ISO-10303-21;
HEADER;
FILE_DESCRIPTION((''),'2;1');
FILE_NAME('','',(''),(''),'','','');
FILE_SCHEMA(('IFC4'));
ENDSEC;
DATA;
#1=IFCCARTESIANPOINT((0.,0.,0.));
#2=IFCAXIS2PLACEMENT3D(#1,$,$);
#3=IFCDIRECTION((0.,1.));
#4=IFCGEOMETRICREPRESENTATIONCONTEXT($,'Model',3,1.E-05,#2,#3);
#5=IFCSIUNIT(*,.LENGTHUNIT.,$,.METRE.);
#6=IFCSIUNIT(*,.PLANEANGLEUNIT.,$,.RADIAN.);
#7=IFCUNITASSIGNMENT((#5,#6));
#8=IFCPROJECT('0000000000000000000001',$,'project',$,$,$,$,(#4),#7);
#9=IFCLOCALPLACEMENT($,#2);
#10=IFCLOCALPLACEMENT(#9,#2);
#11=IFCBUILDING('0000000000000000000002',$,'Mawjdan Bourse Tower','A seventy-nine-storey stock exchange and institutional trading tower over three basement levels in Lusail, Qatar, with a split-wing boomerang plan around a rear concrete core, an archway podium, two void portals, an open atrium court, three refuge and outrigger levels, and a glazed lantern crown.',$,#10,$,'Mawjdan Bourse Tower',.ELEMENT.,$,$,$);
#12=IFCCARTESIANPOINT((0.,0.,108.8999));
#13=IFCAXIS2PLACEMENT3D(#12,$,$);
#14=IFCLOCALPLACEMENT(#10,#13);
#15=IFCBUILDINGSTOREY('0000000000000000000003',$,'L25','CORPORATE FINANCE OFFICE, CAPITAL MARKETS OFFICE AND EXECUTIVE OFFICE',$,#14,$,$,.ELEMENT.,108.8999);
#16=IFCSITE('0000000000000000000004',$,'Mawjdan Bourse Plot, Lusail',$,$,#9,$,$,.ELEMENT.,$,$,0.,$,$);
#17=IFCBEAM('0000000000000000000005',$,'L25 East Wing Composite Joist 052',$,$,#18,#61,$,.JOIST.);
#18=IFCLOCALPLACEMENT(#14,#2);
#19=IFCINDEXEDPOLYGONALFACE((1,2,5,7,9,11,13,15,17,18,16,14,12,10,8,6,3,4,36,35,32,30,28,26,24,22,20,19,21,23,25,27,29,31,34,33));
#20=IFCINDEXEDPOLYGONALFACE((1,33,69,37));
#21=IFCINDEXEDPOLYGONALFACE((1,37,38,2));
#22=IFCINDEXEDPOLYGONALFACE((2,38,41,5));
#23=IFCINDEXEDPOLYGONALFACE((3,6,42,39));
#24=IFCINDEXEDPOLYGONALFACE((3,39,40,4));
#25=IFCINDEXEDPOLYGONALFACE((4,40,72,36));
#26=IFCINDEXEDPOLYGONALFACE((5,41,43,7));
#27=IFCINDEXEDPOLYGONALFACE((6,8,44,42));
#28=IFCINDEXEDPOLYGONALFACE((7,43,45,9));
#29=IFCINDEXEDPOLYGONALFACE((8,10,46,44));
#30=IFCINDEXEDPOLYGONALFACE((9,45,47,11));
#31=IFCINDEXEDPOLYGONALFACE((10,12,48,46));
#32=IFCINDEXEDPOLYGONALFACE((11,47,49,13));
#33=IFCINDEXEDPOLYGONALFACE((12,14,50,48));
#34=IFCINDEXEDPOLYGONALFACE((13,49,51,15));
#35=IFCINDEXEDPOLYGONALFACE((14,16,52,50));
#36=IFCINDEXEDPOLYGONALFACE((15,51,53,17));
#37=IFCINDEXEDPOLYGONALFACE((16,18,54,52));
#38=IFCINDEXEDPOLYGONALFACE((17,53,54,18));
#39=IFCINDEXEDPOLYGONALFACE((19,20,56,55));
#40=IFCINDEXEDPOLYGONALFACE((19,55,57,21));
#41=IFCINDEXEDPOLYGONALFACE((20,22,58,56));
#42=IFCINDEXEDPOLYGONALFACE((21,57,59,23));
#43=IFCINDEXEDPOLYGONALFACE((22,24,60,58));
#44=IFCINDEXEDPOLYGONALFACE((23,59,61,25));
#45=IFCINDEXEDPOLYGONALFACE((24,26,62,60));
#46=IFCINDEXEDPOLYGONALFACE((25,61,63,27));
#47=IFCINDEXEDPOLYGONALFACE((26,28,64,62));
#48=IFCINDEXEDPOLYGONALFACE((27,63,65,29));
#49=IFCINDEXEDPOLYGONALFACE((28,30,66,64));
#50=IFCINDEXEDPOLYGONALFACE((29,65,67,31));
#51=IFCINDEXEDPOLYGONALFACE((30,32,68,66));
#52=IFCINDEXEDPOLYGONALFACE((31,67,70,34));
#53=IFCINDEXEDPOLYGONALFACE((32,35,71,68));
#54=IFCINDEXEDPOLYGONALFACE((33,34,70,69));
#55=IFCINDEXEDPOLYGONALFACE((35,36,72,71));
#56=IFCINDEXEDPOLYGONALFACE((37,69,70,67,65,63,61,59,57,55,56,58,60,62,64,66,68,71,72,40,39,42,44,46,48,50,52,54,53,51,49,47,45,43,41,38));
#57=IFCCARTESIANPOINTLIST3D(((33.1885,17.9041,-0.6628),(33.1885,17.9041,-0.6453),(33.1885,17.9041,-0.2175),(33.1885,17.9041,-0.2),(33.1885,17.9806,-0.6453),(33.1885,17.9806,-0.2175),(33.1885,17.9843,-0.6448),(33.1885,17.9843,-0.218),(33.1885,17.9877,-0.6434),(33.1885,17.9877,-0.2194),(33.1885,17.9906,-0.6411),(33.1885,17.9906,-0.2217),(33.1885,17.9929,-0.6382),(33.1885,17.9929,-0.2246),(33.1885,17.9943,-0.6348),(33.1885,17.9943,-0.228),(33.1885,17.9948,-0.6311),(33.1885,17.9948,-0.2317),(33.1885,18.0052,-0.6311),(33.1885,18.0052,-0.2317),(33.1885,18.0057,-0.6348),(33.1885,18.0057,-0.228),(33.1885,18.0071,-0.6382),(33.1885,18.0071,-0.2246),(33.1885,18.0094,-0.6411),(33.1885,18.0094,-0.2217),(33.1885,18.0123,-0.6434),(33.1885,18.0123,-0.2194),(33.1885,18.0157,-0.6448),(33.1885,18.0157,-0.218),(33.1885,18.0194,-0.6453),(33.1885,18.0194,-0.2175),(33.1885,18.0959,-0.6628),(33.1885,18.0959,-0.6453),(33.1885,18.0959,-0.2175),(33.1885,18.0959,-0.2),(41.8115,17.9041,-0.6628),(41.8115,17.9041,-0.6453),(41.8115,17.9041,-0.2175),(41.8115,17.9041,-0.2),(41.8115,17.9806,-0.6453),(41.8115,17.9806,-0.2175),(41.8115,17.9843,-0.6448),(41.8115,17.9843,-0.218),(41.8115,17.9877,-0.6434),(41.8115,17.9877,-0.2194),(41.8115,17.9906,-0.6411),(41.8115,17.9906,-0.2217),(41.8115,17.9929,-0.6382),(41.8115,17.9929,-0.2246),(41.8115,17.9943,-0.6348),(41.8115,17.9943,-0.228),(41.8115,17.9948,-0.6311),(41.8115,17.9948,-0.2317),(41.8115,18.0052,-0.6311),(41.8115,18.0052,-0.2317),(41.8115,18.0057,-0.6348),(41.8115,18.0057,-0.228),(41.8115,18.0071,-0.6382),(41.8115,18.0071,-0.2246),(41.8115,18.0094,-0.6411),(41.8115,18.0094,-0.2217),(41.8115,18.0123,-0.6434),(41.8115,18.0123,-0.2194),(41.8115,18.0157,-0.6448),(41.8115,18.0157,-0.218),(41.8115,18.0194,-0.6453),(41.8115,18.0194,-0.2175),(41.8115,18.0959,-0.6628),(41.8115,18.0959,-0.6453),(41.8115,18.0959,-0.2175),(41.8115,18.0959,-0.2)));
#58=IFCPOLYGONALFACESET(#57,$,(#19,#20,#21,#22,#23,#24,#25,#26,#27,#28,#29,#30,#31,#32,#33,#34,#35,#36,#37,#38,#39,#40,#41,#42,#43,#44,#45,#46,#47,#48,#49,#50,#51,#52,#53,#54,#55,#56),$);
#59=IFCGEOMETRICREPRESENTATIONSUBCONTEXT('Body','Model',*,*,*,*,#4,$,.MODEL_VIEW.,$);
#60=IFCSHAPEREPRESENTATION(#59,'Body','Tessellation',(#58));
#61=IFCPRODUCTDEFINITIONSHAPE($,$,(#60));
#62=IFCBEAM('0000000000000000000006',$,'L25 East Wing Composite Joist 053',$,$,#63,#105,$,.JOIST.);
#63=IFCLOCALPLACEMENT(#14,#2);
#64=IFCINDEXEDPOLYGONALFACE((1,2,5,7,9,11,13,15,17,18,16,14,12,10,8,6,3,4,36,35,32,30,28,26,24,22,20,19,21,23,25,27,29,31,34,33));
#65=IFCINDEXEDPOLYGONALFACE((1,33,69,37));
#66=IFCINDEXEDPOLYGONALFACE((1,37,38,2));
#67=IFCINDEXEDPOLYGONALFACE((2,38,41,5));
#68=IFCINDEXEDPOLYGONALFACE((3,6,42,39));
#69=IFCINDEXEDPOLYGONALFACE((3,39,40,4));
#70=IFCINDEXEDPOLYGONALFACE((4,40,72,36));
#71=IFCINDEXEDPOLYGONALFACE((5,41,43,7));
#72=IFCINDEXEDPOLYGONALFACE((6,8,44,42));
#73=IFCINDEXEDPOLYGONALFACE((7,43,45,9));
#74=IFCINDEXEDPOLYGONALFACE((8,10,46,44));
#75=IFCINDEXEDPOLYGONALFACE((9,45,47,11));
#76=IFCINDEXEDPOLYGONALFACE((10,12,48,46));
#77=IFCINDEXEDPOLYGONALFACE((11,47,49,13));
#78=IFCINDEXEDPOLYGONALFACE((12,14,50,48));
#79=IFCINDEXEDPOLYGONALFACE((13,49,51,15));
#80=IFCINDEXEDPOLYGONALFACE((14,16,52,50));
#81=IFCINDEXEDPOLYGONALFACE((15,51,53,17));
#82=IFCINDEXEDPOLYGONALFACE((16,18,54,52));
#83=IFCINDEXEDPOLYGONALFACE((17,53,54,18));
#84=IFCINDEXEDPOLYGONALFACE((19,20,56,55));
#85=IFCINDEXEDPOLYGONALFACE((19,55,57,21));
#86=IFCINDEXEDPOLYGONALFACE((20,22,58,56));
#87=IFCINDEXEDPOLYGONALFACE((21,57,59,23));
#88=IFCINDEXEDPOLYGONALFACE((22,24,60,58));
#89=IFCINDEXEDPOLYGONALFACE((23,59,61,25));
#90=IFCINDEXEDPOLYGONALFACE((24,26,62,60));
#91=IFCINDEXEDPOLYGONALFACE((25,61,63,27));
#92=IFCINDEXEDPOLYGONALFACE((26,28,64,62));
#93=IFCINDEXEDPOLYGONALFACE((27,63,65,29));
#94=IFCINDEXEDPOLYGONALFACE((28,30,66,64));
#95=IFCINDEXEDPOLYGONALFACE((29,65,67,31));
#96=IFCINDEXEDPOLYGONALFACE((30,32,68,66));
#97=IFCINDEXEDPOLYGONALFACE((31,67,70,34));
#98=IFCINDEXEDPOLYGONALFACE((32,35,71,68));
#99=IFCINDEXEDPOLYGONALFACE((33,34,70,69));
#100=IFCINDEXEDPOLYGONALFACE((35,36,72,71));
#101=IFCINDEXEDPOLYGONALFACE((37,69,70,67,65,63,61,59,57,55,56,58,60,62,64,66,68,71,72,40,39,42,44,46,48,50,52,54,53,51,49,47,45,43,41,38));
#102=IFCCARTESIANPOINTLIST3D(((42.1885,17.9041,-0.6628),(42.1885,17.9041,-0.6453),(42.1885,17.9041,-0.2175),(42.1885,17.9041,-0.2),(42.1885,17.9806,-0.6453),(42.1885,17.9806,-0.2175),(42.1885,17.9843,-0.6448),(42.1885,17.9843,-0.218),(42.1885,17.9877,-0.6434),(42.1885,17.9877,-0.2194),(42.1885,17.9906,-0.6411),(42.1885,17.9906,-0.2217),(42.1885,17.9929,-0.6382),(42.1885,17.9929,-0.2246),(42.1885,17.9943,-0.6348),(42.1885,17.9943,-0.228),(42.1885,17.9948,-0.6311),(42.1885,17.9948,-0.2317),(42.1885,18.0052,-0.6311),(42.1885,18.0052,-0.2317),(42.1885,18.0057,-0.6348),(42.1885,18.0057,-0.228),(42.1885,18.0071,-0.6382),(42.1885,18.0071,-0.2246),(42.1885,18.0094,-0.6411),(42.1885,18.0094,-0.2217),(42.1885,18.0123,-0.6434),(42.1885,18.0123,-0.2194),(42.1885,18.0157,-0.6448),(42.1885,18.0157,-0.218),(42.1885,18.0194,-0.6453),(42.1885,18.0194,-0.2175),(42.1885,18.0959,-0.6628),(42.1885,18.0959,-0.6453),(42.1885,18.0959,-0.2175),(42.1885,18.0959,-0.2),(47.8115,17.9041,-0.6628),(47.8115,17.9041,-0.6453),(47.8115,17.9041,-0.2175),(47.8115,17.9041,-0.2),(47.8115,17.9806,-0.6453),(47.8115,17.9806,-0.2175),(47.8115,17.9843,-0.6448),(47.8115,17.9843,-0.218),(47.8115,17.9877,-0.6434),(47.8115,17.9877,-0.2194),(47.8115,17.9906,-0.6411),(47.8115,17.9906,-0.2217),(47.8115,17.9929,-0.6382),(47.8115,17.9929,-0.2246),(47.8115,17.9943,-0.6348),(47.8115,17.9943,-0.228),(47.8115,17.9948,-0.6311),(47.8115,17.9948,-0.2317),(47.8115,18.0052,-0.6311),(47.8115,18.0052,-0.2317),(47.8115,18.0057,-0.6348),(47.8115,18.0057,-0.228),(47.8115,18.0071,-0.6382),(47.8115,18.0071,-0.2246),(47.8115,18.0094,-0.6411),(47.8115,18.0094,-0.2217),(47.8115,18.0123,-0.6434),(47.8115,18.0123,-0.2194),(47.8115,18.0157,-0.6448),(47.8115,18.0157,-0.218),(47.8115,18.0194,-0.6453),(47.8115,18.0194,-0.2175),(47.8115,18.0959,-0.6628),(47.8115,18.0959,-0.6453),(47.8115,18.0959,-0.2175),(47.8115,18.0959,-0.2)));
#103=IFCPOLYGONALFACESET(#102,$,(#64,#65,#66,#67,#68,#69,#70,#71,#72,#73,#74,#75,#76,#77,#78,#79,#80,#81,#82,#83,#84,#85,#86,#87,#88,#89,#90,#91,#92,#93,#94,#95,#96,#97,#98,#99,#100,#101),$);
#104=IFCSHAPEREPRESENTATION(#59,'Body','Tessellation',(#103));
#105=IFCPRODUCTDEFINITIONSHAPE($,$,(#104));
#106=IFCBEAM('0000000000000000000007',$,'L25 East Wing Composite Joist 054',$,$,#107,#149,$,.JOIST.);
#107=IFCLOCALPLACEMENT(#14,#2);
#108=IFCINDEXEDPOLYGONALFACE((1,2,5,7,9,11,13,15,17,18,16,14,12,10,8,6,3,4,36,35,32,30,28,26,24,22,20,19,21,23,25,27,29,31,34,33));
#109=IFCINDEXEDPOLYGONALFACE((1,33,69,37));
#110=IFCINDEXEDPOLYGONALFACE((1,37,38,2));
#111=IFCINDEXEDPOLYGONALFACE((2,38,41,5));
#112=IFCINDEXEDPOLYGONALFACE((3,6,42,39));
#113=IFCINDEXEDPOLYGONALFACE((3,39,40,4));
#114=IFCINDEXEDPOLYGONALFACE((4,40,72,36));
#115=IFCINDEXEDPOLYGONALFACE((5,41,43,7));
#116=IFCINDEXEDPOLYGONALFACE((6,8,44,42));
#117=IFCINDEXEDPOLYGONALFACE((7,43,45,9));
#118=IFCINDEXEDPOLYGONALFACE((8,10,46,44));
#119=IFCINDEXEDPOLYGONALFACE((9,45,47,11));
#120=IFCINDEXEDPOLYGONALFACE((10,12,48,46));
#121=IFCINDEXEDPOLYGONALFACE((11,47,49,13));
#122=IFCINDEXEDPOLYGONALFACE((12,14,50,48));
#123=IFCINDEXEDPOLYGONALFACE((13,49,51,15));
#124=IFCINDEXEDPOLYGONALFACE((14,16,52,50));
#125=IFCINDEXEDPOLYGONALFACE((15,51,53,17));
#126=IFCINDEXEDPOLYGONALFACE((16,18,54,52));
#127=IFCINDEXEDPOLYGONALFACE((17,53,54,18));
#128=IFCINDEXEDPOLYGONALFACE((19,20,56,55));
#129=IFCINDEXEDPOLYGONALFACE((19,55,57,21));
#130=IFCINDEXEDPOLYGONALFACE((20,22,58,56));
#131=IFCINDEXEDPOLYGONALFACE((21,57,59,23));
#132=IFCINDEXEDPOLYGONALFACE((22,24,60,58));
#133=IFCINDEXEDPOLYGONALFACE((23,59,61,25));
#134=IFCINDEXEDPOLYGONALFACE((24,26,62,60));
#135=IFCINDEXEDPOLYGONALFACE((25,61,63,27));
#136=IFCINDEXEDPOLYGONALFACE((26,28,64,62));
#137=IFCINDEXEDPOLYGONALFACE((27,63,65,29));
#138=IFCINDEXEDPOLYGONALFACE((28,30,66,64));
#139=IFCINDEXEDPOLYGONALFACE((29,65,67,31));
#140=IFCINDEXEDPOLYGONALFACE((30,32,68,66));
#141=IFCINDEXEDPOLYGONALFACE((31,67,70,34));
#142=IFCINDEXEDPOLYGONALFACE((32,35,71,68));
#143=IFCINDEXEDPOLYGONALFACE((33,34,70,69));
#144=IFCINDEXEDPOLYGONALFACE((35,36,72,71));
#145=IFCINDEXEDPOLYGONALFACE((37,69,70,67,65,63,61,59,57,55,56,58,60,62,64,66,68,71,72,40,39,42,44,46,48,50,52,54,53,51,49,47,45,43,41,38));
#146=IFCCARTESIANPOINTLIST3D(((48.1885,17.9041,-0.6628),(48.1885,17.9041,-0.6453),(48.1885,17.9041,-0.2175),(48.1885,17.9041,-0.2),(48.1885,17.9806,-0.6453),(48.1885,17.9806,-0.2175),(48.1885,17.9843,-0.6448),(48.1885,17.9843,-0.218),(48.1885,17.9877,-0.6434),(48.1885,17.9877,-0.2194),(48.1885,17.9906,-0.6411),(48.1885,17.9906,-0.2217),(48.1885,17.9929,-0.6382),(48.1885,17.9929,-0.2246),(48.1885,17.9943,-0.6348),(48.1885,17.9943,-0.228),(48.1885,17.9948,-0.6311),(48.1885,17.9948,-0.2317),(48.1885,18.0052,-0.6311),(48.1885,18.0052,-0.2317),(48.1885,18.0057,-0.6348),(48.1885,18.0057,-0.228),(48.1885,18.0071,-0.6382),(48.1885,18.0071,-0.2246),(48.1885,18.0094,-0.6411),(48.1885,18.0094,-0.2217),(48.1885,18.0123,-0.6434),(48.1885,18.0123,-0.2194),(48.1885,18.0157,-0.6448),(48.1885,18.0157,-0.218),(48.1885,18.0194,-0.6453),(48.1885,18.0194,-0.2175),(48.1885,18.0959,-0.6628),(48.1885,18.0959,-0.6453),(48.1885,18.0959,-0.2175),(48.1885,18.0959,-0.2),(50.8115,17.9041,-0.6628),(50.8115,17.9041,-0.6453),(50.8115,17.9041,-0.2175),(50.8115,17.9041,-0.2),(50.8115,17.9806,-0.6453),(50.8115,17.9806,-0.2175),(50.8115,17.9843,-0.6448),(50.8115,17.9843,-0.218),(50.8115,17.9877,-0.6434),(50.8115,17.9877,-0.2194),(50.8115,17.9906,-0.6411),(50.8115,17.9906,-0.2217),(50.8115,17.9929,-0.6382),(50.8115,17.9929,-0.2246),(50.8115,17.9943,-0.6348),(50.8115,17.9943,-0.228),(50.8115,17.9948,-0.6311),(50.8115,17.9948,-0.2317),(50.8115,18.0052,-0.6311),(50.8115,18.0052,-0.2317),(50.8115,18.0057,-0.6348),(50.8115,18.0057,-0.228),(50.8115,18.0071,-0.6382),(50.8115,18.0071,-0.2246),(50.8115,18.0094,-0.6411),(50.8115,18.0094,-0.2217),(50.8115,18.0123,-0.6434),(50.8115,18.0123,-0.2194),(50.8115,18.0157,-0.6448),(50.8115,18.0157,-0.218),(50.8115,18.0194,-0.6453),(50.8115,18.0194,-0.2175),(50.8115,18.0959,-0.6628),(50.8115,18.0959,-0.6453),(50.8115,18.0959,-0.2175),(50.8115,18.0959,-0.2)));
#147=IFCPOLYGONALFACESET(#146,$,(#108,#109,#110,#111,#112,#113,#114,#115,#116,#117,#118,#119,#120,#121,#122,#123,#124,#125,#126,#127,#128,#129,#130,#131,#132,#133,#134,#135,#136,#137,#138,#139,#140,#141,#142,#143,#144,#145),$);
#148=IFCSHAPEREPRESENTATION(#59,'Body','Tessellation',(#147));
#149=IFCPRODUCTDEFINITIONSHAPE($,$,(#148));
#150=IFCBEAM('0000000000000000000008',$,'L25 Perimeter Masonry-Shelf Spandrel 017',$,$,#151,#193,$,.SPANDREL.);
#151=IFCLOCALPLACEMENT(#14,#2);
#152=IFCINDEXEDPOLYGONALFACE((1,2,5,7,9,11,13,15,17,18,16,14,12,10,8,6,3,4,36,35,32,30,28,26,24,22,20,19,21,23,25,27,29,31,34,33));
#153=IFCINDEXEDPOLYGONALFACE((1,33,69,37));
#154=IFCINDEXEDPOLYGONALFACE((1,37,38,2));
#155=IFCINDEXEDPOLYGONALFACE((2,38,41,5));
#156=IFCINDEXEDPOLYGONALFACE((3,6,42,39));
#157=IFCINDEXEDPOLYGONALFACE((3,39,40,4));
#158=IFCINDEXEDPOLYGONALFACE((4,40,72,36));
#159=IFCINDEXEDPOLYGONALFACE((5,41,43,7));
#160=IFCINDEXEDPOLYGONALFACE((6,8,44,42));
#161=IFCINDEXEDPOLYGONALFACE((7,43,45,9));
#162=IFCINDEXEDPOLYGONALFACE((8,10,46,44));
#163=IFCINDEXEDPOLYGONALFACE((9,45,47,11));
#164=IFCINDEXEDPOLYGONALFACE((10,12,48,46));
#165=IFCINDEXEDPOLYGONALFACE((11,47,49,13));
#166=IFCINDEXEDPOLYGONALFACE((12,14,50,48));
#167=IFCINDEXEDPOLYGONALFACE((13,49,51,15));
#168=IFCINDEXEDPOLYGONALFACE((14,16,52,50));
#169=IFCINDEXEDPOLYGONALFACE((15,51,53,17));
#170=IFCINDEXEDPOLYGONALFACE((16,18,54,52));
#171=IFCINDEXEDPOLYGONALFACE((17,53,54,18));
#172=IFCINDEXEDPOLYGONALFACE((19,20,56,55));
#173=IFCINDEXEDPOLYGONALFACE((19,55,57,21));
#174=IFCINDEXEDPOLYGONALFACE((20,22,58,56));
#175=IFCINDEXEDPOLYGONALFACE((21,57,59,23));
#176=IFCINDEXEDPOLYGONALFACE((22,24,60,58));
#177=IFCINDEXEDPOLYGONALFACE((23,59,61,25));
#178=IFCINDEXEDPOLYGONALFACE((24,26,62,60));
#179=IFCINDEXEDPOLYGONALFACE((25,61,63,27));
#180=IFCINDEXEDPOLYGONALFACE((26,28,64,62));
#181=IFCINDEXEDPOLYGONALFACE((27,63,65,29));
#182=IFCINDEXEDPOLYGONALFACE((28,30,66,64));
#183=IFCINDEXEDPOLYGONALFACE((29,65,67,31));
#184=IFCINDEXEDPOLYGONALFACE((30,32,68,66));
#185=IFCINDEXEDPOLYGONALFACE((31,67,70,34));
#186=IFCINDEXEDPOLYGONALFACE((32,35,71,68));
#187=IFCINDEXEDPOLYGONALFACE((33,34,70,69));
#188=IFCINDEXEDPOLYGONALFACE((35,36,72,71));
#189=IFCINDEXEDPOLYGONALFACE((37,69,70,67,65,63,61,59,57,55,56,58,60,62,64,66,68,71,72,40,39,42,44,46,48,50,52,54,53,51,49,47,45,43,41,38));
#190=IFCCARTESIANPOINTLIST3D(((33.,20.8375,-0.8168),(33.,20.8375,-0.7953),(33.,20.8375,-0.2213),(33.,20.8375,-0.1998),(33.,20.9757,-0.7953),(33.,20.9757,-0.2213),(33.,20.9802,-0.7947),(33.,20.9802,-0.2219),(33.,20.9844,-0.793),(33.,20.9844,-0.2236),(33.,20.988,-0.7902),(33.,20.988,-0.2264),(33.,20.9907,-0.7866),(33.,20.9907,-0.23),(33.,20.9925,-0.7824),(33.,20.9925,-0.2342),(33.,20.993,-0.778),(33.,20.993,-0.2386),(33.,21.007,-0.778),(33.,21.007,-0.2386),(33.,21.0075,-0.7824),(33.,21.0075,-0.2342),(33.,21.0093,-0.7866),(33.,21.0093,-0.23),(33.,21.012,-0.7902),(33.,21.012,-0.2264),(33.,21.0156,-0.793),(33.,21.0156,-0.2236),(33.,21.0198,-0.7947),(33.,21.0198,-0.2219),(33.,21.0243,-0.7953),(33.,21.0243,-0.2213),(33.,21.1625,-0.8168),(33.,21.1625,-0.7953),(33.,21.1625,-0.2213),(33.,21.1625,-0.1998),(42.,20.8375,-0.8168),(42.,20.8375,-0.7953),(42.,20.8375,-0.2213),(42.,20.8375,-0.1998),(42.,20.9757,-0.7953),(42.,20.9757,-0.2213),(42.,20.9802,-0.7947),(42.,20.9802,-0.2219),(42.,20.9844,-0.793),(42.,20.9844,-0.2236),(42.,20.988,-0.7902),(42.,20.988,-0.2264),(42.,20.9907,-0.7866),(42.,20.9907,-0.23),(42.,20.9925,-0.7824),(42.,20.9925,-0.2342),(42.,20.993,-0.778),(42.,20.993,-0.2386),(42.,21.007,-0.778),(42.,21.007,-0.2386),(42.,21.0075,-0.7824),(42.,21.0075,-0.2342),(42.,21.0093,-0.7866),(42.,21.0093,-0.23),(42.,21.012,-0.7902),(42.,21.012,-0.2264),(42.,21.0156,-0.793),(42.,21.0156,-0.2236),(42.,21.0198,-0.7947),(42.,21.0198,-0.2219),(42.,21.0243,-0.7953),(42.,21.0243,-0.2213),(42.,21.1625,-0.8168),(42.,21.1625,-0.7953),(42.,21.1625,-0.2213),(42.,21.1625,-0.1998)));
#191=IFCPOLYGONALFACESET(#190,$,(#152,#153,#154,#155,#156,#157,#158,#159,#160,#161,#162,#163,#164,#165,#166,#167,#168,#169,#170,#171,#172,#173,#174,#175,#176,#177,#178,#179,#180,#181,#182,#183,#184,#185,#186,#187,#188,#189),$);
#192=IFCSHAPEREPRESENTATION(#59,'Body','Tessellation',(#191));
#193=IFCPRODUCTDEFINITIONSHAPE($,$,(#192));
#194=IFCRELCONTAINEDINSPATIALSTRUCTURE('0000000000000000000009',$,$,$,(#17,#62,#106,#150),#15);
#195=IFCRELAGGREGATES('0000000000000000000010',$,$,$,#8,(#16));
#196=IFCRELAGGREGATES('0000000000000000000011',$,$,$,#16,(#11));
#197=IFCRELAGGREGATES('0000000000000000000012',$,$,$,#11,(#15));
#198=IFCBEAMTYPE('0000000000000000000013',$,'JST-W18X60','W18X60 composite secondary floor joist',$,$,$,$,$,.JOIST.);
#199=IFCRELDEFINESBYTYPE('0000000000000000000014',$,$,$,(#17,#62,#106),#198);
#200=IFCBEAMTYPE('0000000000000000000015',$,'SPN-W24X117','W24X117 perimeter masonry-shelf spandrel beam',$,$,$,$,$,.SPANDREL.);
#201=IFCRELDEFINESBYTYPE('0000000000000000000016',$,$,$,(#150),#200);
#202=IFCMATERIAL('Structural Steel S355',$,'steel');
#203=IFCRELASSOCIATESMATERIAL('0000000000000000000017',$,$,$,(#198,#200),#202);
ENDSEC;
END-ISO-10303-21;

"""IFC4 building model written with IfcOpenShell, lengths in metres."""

from ifc_helpers import new_model, si_unit, direction, frame, origin, origin_2d, place, context, subcontext, project, spatial, i_section, extrude, material, material_profile, profile_set, type_object, element, save


model = new_model("IFC4")

# Units and contexts
model_context = context("Model", 3, precision=1e-05, world=origin(), true_north=direction((0.0, 1.0)))
body_context = subcontext(model_context, "Body", "Model", "MODEL_VIEW")
ifc_project = project(units=[si_unit("LENGTHUNIT", "METRE"), si_unit("PLANEANGLEUNIT", "RADIAN")], contexts=[model_context])

# Site, building, storey
site_placement = place(None, origin())
site = spatial("IfcSite", under=ifc_project, at=site_placement, Name="Mawjdan Bourse Plot, Lusail", CompositionType="ELEMENT", RefElevation=0.0)
building_placement = place(site_placement, origin())
building = spatial("IfcBuilding", under=site, at=building_placement, Name="Mawjdan Bourse Tower", Description="A seventy-nine-storey stock exchange and institutional trading tower over three basement levels in Lusail, Qatar, with a split-wing boomerang plan around a rear concrete core, an archway podium, two void portals, an open atrium court, three refuge and outrigger levels, and a glazed lantern crown.", LongName="Mawjdan Bourse Tower", CompositionType="ELEMENT")
storey_placement = place(building_placement, frame((0.0, 0.0, 108.8999)))
storey = spatial("IfcBuildingStorey", under=building, at=storey_placement, Name="L25", Description="CORPORATE FINANCE OFFICE, CAPITAL MARKETS OFFICE AND EXECUTIVE OFFICE", CompositionType="ELEMENT", Elevation=108.8999)

# Beams
ifc_material_1 = material(Name="Structural Steel S355", Category="steel")
ifc_material_profile_1 = material_profile(ifc_material_1, i_section(OverallWidth=0.1919, OverallDepth=0.4629, WebThickness=0.0105, FlangeThickness=0.0176, FilletRadius=0.0142, at=origin_2d()), Name="W18X60")
ifc_profile_set_1 = profile_set([ifc_material_profile_1], Name="Structural Steel S355")
beam_type_1 = type_object("IfcBeamType", Name="JST-W18X60", Description="W18X60 composite secondary floor joist", PredefinedType="JOIST", material=ifc_profile_set_1)
beam_1_placement = place(storey_placement, frame((33.1885, 18.0, -0.4314), z_axis=(1.0, 0.0, 0.0), x_axis=(0.0, 1.0, 0.0)))
element("IfcBeam", 1, at=beam_1_placement, inside=storey, type_object=beam_type_1, Name="L25 East Wing Composite Joist 052", PredefinedType="JOIST", context=body_context, shape_type="SweptSolid", body=[
    extrude(i_section(OverallWidth=0.1919, OverallDepth=0.4629, WebThickness=0.0105, FlangeThickness=0.0176, FilletRadius=0.0142, at=origin_2d()), origin(), (0.0, 0.0, 1.0), 8.623),
])
beam_2_placement = place(storey_placement, frame((42.1885, 18.0, -0.4314), z_axis=(1.0, 0.0, 0.0), x_axis=(0.0, 1.0, 0.0)))
element("IfcBeam", 2, at=beam_2_placement, inside=storey, type_object=beam_type_1, Name="L25 East Wing Composite Joist 053", PredefinedType="JOIST", context=body_context, shape_type="SweptSolid", body=[
    extrude(i_section(OverallWidth=0.1919, OverallDepth=0.4629, WebThickness=0.0105, FlangeThickness=0.0176, FilletRadius=0.0142, at=origin_2d()), origin(), (0.0, 0.0, 1.0), 5.623),
])
beam_3_placement = place(storey_placement, frame((48.1885, 18.0, -0.4314), z_axis=(1.0, 0.0, 0.0), x_axis=(0.0, 1.0, 0.0)))
element("IfcBeam", 3, at=beam_3_placement, inside=storey, type_object=beam_type_1, Name="L25 East Wing Composite Joist 054", PredefinedType="JOIST", context=body_context, shape_type="SweptSolid", body=[
    extrude(i_section(OverallWidth=0.1919, OverallDepth=0.4629, WebThickness=0.0105, FlangeThickness=0.0176, FilletRadius=0.0142, at=origin_2d()), origin(), (0.0, 0.0, 1.0), 2.623),
])
ifc_material_profile_2 = material_profile(ifc_material_1, i_section(OverallWidth=0.325, OverallDepth=0.6169, WebThickness=0.0139, FlangeThickness=0.0215, FilletRadius=0.0173, at=origin_2d()), Name="W24X117")
ifc_profile_set_2 = profile_set([ifc_material_profile_2], Name="Structural Steel S355")
beam_type_2 = type_object("IfcBeamType", Name="SPN-W24X117", Description="W24X117 perimeter masonry-shelf spandrel beam", PredefinedType="SPANDREL", material=ifc_profile_set_2)
beam_4_placement = place(storey_placement, frame((33.0, 21.0, -0.5083), z_axis=(1.0, 0.0, 0.0), x_axis=(0.0, 1.0, 0.0)))
element("IfcBeam", 4, at=beam_4_placement, inside=storey, type_object=beam_type_2, Name="L25 Perimeter Masonry-Shelf Spandrel 017", PredefinedType="SPANDREL", context=body_context, shape_type="SweptSolid", body=[
    extrude(i_section(OverallWidth=0.325, OverallDepth=0.6169, WebThickness=0.0139, FlangeThickness=0.0215, FilletRadius=0.0173, at=origin_2d()), origin(), (0.0, 0.0, 1.0), 9.0),
])

save(model, "model.ifc")
